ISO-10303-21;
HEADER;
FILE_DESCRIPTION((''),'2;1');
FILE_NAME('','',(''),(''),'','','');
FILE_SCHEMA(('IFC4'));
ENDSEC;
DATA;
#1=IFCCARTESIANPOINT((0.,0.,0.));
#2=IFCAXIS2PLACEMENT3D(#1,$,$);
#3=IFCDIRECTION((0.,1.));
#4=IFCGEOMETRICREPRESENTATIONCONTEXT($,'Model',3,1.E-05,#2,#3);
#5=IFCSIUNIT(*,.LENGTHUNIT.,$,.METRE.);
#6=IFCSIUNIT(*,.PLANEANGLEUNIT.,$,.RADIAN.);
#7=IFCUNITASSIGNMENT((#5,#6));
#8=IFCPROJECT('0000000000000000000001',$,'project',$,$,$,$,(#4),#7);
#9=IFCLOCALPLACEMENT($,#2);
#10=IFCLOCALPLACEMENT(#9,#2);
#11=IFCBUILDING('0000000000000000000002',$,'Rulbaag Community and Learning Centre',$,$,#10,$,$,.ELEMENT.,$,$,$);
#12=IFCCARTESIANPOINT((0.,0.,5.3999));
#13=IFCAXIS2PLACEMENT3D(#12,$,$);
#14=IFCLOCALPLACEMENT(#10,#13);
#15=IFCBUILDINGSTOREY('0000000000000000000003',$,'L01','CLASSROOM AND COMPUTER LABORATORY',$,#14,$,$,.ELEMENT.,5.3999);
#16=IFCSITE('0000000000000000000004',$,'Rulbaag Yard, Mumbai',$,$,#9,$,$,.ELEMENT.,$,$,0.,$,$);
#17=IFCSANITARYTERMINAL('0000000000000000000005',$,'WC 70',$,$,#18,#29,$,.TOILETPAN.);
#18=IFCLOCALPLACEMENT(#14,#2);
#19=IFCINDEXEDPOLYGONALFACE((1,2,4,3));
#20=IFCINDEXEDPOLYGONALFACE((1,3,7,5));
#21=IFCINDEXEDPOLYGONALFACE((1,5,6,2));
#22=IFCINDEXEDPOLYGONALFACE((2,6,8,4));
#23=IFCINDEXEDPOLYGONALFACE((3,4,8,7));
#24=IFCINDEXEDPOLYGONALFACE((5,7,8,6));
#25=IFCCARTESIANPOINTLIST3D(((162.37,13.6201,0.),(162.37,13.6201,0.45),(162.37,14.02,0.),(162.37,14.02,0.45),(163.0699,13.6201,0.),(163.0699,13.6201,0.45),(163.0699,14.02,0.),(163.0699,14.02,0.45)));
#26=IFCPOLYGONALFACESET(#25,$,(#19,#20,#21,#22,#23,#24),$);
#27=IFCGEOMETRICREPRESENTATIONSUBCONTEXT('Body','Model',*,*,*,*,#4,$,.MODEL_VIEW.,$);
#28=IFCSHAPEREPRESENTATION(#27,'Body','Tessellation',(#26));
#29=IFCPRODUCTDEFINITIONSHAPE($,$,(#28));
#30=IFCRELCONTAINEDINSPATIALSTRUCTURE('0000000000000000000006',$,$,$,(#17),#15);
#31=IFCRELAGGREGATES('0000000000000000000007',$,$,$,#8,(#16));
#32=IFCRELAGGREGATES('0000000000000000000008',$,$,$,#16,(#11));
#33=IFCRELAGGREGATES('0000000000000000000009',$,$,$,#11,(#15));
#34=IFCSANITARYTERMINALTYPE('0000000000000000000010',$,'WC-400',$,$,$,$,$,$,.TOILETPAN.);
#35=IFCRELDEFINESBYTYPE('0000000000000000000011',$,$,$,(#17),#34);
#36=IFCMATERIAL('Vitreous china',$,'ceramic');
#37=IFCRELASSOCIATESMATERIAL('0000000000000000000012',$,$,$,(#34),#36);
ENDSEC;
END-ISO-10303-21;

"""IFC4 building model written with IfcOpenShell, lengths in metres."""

from ifc_helpers import new_model, si_unit, direction, frame, origin, origin_2d, place, context, subcontext, project, spatial, rectangle, extrude, material, type_object, element, save


model = new_model("IFC4")

# Units and contexts
model_context = context("Model", 3, precision=1e-05, world=origin(), true_north=direction((0.0, 1.0)))
body_context = subcontext(model_context, "Body", "Model", "MODEL_VIEW")
ifc_project = project(units=[si_unit("LENGTHUNIT", "METRE"), si_unit("PLANEANGLEUNIT", "RADIAN")], contexts=[model_context])

# Site, building, storey
site_placement = place(None, origin())
site = spatial("IfcSite", under=ifc_project, at=site_placement, Name="Rulbaag Yard, Mumbai", CompositionType="ELEMENT", RefElevation=0.0)
building_placement = place(site_placement, origin())
building = spatial("IfcBuilding", under=site, at=building_placement, Name="Rulbaag Community and Learning Centre", CompositionType="ELEMENT")
storey_placement = place(building_placement, frame((0.0, 0.0, 5.3999)))
storey = spatial("IfcBuildingStorey", under=building, at=storey_placement, Name="L01", Description="CLASSROOM AND COMPUTER LABORATORY", CompositionType="ELEMENT", Elevation=5.3999)

# Sanitary terminal
ifc_material_1 = material(Name="Vitreous china", Category="ceramic")
sanitary_terminal_type_1 = type_object("IfcSanitaryTerminalType", Name="WC-400", PredefinedType="TOILETPAN", material=ifc_material_1)
sanitary_terminal_1_placement = place(storey_placement, frame((162.72, 13.8201, 0.0), z_axis=(0.0, 0.0, 1.0), x_axis=(1.0, 0.0, 0.0)))
element("IfcSanitaryTerminal", 1, at=sanitary_terminal_1_placement, inside=storey, type_object=sanitary_terminal_type_1, Name="WC 70", PredefinedType="TOILETPAN", context=body_context, shape_type="SweptSolid", body=[
    extrude(rectangle(XDim=0.7, YDim=0.3999, at=origin_2d()), origin(), (0.0, 0.0, 1.0), 0.45),
])

save(model, "model.ifc")
